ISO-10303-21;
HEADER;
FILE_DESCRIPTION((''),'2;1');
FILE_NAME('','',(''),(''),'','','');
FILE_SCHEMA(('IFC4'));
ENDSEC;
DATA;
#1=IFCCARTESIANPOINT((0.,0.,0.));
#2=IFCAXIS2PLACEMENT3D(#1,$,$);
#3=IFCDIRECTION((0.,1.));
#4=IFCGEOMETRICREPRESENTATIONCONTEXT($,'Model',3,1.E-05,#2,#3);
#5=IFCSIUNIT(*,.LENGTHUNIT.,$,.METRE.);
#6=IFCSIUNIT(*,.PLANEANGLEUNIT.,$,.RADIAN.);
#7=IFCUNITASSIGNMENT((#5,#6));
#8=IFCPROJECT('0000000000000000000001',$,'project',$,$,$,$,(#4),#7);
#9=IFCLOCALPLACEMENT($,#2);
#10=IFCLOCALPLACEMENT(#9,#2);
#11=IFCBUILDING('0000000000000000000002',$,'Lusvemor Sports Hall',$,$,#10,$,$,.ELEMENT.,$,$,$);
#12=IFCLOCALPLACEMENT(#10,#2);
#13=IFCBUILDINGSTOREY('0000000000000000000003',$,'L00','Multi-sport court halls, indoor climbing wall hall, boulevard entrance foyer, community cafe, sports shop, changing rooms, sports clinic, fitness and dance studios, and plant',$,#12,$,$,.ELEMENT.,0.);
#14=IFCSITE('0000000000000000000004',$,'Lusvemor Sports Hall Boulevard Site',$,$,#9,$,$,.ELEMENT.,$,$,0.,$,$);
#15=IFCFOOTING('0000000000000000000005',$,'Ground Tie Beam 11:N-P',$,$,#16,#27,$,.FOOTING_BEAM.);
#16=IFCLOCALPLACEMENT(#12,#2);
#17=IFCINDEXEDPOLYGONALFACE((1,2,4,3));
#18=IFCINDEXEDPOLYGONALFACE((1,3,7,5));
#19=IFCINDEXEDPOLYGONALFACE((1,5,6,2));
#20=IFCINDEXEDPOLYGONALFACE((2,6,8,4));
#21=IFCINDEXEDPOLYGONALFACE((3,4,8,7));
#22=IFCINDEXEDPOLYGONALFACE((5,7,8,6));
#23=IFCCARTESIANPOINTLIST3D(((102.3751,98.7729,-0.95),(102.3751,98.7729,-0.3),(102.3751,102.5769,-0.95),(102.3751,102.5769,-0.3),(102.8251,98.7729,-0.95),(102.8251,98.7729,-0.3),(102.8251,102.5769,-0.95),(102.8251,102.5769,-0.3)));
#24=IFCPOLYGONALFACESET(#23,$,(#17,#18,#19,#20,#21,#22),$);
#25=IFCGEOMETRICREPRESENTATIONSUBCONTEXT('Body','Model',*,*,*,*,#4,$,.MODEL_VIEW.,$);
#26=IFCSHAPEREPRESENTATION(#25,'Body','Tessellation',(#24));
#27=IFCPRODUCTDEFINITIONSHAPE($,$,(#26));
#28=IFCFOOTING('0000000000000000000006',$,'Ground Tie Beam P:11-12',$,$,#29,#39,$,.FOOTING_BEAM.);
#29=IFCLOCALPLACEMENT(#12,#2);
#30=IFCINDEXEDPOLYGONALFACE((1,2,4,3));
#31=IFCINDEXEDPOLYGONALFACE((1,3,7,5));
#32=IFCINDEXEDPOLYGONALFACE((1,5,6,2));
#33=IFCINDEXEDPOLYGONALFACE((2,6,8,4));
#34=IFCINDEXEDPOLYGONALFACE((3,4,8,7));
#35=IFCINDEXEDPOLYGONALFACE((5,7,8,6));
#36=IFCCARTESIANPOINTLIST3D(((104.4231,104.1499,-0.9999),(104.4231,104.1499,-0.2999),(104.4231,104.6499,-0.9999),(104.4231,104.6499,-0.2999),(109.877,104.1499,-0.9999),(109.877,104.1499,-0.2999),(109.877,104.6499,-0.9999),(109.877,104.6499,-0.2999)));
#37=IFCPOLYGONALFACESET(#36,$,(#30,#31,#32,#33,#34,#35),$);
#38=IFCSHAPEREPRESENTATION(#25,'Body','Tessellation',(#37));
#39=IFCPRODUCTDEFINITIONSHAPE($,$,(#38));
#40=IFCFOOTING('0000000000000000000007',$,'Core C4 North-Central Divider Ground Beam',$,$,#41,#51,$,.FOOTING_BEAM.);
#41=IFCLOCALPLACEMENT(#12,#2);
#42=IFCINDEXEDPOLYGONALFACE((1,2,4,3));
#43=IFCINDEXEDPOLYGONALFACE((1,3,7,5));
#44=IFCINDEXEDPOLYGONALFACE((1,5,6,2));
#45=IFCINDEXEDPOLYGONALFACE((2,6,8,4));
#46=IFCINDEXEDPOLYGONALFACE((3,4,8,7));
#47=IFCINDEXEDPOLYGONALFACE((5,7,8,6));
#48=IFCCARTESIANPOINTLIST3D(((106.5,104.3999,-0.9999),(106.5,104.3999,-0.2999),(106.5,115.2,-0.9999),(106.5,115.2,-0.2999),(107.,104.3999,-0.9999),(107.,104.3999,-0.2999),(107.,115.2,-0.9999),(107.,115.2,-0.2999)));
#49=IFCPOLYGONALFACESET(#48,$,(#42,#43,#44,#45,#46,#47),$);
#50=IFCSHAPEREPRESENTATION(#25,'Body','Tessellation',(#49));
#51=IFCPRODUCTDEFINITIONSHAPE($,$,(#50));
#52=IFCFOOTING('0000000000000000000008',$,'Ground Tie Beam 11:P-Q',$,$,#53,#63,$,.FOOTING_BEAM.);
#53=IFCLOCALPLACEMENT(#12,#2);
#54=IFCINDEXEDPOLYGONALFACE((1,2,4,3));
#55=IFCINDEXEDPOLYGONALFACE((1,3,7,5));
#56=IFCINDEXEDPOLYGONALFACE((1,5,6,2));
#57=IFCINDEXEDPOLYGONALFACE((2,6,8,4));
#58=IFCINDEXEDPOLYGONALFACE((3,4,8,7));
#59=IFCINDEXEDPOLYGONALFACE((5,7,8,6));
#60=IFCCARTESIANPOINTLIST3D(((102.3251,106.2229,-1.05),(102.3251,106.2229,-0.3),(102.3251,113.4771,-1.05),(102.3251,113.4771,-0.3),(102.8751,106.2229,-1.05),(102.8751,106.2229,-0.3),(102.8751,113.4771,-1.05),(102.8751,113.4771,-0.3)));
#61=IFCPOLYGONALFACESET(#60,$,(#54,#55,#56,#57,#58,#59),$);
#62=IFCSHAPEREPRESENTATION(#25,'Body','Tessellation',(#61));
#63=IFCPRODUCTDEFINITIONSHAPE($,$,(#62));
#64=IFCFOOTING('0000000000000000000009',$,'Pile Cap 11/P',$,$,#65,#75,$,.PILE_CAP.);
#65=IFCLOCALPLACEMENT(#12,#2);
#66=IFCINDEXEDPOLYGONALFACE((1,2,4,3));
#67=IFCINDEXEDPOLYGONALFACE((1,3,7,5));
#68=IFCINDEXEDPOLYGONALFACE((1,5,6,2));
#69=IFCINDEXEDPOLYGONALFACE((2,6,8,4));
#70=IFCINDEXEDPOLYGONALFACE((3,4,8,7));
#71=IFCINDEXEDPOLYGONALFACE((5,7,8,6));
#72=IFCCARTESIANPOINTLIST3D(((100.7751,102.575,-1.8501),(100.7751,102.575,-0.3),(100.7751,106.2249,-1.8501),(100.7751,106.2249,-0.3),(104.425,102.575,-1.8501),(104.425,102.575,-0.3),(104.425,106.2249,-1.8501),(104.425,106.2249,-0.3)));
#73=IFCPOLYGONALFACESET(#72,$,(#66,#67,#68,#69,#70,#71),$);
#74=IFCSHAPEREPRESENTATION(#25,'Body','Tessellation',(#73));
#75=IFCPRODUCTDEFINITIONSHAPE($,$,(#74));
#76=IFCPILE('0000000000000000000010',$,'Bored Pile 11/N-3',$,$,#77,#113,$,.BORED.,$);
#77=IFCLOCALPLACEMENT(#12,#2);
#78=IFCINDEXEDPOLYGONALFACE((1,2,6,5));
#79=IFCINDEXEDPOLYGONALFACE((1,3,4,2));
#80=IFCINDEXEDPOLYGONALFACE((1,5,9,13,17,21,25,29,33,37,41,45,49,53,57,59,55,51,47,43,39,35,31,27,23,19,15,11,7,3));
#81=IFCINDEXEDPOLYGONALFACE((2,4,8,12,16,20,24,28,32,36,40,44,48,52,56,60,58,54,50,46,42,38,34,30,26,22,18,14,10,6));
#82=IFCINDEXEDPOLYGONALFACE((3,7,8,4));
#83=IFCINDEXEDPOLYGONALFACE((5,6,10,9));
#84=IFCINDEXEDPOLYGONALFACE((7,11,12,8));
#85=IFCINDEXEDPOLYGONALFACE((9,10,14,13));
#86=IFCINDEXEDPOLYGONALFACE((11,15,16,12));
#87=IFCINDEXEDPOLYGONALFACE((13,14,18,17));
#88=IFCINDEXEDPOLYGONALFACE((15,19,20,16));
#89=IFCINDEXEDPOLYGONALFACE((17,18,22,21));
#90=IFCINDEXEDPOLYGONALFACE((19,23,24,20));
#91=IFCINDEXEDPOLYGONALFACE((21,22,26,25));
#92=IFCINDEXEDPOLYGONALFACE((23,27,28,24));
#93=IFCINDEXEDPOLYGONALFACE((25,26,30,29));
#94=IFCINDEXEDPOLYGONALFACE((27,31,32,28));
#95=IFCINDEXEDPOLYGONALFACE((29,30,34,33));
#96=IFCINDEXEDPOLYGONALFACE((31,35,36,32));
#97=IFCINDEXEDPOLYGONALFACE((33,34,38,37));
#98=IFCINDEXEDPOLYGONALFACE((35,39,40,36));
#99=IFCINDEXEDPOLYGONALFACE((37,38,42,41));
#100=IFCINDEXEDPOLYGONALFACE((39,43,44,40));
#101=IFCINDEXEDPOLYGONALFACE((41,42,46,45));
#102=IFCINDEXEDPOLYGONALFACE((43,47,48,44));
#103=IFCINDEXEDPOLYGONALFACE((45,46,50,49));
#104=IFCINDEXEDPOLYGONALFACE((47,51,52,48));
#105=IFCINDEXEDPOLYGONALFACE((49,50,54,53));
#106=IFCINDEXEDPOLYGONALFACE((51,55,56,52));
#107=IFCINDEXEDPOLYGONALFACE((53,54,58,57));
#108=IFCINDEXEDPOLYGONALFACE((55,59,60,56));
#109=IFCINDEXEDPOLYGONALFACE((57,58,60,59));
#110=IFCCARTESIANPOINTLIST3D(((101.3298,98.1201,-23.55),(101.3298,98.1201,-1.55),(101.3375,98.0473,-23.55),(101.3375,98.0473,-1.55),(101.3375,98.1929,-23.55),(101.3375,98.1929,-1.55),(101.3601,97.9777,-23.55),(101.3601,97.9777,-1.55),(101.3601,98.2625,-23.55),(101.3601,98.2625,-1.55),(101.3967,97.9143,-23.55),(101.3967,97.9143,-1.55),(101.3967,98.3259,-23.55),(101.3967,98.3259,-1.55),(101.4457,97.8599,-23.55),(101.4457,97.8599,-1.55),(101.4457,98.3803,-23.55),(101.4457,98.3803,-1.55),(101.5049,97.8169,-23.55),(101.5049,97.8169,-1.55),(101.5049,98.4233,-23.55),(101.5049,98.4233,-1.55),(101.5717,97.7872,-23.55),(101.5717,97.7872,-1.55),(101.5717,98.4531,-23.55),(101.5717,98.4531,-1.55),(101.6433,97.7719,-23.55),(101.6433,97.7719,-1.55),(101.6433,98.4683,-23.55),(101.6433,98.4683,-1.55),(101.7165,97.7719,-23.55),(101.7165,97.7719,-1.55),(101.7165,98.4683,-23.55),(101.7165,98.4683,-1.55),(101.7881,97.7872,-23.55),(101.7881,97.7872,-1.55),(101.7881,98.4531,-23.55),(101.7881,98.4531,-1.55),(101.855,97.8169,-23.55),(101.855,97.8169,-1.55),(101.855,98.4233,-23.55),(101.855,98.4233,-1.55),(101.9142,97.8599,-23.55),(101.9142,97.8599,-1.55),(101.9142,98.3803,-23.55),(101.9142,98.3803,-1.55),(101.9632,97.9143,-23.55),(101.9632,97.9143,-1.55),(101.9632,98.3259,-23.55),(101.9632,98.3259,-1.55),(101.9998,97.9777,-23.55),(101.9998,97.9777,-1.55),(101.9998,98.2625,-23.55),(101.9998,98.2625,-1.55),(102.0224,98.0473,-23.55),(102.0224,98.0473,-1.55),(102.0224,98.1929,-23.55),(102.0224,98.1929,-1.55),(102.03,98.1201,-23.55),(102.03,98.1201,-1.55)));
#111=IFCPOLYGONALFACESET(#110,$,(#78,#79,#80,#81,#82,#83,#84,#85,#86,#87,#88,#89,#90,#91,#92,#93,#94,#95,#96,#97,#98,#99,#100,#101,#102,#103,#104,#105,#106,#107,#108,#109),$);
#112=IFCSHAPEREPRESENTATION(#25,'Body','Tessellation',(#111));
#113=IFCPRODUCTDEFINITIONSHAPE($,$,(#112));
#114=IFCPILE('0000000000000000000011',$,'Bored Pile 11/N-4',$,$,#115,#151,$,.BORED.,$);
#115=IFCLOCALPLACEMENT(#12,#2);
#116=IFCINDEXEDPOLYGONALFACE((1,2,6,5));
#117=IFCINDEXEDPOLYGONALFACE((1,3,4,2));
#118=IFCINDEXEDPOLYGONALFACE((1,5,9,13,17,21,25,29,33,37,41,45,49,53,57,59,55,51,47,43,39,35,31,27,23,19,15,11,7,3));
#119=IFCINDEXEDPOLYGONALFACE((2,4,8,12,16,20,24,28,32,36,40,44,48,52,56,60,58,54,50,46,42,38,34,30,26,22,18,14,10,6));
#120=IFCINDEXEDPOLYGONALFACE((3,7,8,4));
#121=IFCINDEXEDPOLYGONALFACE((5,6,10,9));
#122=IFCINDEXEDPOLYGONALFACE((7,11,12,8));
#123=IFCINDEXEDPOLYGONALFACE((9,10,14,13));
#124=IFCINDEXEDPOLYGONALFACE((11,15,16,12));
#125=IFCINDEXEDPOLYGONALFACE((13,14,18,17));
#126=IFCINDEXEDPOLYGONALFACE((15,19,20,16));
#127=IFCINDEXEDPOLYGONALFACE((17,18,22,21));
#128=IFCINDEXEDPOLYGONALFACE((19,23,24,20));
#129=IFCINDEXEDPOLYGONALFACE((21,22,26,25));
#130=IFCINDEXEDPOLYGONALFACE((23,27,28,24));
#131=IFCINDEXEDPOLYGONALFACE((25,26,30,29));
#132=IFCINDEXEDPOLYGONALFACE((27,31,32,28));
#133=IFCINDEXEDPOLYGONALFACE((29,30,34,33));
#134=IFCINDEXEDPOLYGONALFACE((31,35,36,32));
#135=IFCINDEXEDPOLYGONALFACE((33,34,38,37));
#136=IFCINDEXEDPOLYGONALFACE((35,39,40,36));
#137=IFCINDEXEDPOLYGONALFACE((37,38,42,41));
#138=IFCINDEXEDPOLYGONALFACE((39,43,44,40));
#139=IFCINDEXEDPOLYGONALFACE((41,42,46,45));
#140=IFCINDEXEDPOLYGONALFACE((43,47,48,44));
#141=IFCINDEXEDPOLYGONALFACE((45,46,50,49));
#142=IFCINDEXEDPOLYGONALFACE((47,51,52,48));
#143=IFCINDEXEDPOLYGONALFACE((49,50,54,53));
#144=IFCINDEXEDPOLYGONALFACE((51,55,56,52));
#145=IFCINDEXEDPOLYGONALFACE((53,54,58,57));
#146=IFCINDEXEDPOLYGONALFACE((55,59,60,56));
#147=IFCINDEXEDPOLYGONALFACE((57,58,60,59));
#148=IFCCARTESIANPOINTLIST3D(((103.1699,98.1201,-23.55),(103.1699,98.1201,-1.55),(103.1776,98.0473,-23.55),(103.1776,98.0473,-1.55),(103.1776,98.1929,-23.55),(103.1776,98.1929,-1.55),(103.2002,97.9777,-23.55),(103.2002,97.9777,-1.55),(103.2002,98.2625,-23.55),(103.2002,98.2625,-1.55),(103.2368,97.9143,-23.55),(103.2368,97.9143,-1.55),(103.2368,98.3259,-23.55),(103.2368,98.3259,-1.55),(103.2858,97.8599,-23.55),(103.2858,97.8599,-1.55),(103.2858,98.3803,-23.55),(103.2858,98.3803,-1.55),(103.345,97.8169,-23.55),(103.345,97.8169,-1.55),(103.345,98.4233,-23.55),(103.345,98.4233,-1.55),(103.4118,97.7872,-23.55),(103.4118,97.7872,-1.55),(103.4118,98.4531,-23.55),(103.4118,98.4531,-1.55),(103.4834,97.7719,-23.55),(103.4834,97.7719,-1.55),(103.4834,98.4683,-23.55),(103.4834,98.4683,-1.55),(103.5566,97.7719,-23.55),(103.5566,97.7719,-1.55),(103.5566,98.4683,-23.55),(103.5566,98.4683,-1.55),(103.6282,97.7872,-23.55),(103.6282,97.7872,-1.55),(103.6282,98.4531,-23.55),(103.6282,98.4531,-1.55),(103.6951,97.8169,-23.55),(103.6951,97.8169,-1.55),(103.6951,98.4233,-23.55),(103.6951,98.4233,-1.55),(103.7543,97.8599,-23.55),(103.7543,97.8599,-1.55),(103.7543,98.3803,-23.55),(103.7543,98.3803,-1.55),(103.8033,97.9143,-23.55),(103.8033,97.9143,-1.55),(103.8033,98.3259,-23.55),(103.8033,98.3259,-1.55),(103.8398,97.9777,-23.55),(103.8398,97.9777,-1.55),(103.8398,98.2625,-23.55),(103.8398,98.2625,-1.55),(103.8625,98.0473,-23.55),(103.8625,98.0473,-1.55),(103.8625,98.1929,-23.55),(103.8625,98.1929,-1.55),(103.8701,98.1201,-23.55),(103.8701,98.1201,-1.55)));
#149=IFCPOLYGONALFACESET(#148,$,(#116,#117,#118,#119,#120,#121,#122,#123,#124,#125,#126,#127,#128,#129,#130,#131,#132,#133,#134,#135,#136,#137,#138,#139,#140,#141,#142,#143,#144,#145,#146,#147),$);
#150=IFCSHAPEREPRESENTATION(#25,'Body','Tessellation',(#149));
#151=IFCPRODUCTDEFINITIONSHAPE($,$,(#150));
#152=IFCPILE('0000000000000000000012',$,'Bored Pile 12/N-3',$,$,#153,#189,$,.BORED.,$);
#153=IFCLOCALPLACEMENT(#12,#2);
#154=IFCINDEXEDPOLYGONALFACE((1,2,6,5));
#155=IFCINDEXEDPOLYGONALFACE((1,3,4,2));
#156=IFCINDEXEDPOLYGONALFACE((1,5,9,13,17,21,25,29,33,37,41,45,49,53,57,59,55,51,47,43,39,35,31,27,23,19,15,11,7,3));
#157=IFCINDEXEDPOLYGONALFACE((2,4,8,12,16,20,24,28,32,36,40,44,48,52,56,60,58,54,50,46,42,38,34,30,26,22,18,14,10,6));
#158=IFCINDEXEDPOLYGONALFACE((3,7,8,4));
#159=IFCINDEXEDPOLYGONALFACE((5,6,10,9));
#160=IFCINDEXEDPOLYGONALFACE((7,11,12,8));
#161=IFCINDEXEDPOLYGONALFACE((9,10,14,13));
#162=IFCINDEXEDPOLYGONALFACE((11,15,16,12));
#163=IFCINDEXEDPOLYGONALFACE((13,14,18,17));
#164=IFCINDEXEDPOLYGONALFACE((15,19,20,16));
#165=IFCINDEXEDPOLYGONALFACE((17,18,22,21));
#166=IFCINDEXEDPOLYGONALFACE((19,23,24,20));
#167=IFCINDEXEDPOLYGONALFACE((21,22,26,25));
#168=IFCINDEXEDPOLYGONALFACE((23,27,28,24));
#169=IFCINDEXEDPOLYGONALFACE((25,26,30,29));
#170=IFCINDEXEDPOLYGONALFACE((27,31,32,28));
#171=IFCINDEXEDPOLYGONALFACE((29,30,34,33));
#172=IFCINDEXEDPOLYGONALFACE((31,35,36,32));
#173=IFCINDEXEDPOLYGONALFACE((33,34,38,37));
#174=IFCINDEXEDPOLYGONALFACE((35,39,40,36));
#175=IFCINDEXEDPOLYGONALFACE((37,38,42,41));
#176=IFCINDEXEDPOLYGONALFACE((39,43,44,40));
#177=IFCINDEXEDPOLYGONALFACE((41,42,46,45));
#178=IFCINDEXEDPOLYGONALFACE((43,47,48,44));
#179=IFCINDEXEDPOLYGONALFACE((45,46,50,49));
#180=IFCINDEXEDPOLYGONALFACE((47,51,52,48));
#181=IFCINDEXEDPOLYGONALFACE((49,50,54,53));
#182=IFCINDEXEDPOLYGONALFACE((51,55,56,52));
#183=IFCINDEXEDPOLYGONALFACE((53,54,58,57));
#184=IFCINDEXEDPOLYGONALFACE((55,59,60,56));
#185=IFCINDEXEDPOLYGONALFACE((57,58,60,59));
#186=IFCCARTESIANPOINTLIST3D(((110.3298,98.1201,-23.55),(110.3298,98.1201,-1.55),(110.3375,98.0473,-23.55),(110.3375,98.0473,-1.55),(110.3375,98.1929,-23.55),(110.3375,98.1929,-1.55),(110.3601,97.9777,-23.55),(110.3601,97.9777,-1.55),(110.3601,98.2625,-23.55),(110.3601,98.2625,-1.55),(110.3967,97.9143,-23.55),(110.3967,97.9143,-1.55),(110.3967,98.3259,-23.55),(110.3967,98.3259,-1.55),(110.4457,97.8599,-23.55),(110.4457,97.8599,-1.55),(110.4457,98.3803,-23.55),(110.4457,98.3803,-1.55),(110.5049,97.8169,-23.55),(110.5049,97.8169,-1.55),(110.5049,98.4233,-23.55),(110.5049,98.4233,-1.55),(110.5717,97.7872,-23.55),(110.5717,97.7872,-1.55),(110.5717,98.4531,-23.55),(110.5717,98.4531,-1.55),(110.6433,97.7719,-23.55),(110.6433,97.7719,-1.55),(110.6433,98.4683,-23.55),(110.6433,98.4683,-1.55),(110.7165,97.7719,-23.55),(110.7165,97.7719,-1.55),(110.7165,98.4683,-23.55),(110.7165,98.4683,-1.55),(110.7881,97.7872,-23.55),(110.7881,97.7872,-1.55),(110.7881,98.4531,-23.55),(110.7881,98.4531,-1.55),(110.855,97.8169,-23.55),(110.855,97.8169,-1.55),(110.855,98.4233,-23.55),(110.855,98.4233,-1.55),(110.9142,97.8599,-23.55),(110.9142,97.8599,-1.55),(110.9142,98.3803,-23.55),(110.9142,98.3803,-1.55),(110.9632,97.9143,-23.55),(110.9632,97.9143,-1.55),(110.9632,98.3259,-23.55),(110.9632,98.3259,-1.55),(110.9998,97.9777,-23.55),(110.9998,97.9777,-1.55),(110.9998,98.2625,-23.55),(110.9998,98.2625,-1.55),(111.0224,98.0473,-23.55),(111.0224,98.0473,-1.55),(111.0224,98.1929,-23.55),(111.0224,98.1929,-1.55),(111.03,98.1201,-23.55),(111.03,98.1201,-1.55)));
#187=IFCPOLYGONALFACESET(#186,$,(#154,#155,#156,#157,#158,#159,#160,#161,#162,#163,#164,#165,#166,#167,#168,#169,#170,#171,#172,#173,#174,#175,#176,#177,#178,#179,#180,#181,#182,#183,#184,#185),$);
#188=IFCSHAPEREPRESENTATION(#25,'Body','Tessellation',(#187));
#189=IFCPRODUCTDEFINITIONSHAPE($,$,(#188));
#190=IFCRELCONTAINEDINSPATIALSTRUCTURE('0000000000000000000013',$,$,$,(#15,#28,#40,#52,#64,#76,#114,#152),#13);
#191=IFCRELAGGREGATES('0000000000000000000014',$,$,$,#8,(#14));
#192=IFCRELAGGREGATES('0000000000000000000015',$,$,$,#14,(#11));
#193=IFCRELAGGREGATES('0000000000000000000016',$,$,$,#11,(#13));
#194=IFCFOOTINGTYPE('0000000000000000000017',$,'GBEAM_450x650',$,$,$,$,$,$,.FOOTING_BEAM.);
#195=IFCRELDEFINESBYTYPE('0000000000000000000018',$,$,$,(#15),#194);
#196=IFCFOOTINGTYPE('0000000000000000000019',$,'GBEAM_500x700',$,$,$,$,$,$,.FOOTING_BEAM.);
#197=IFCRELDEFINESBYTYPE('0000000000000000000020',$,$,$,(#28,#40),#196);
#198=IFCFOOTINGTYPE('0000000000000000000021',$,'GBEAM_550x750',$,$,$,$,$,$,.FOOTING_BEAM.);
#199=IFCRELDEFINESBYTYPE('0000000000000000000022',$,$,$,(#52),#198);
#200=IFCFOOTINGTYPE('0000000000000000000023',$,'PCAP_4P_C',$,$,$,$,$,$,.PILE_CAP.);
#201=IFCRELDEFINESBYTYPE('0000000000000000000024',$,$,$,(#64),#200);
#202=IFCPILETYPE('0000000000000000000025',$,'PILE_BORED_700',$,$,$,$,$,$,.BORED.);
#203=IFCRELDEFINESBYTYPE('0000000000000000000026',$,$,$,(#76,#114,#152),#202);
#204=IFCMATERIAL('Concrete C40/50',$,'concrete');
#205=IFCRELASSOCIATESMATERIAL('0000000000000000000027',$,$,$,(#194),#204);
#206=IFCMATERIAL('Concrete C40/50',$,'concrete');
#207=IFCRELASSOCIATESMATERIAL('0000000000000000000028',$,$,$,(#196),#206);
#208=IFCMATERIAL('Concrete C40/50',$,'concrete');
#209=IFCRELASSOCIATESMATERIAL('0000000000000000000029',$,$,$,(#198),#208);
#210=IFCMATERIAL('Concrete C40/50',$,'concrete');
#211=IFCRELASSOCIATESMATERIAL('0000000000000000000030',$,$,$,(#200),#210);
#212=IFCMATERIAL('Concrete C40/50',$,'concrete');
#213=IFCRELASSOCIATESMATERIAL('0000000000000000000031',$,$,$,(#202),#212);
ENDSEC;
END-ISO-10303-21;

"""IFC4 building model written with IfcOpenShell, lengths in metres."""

from ifc_helpers import new_model, si_unit, direction, frame, origin, origin_2d, place, context, subcontext, project, spatial, rectangle, circle, extrude, material, material_profile, profile_set, type_object, element, save


model = new_model("IFC4")

# Units and contexts
model_context = context("Model", 3, precision=1e-05, world=origin(), true_north=direction((0.0, 1.0)))
body_context = subcontext(model_context, "Body", "Model", "MODEL_VIEW")
ifc_project = project(units=[si_unit("LENGTHUNIT", "METRE"), si_unit("PLANEANGLEUNIT", "RADIAN")], contexts=[model_context])

# Site, building, storey
site_placement = place(None, origin())
site = spatial("IfcSite", under=ifc_project, at=site_placement, Name="Lusvemor Sports Hall Boulevard Site", CompositionType="ELEMENT", RefElevation=0.0)
building_placement = place(site_placement, origin())
building = spatial("IfcBuilding", under=site, at=building_placement, Name="Lusvemor Sports Hall", CompositionType="ELEMENT")
storey_placement = place(building_placement, origin())
storey = spatial("IfcBuildingStorey", under=building, at=storey_placement, Name="L00", Description="Multi-sport court halls, indoor climbing wall hall, boulevard entrance foyer, community cafe, sports shop, changing rooms, sports clinic, fitness and dance studios, and plant", CompositionType="ELEMENT", Elevation=0.0)

# Footings
ifc_material_1 = material(Name="Concrete C40/50", Category="concrete")
ifc_material_profile_1 = material_profile(ifc_material_1, rectangle(XDim=0.45, YDim=0.6499, at=origin_2d()), Name="GB_450x650")
ifc_profile_set_1 = profile_set([ifc_material_profile_1], Name="Concrete C40/50")
footing_type_1 = type_object("IfcFootingType", Name="GBEAM_450x650", PredefinedType="FOOTING_BEAM", material=ifc_profile_set_1)
footing_1_placement = place(storey_placement, frame((102.6001, 98.7729, -0.625), z_axis=(0.0, 1.0, 0.0), x_axis=(-1.0, 0.0, 0.0)))
element("IfcFooting", 1, at=footing_1_placement, inside=storey, type_object=footing_type_1, Name="Ground Tie Beam 11:N-P", PredefinedType="FOOTING_BEAM", context=body_context, shape_type="SweptSolid", body=[
    extrude(rectangle(XDim=0.45, YDim=0.6499, at=origin_2d()), origin(), (0.0, 0.0, 1.0), 3.804),
])
ifc_material_2 = material(Name="Concrete C40/50", Category="concrete")
ifc_material_profile_2 = material_profile(ifc_material_2, rectangle(XDim=0.5, YDim=0.7, at=origin_2d()), Name="GB_500x700")
ifc_profile_set_2 = profile_set([ifc_material_profile_2], Name="Concrete C40/50")
footing_type_2 = type_object("IfcFootingType", Name="GBEAM_500x700", PredefinedType="FOOTING_BEAM", material=ifc_profile_set_2)
footing_2_placement = place(storey_placement, frame((104.4231, 104.3999, -0.6499), z_axis=(1.0, 0.0, 0.0), x_axis=(0.0, 1.0, 0.0)))
element("IfcFooting", 2, at=footing_2_placement, inside=storey, type_object=footing_type_2, Name="Ground Tie Beam P:11-12", PredefinedType="FOOTING_BEAM", context=body_context, shape_type="SweptSolid", body=[
    extrude(rectangle(XDim=0.5, YDim=0.7, at=origin_2d()), origin(), (0.0, 0.0, 1.0), 5.4539),
])
footing_3_placement = place(storey_placement, frame((106.75, 104.3999, -0.6499), z_axis=(0.0, 1.0, 0.0), x_axis=(-1.0, 0.0, 0.0)))
element("IfcFooting", 3, at=footing_3_placement, inside=storey, type_object=footing_type_2, Name="Core C4 North-Central Divider Ground Beam", PredefinedType="FOOTING_BEAM", context=body_context, shape_type="SweptSolid", body=[
    extrude(rectangle(XDim=0.5, YDim=0.7, at=origin_2d()), origin(), (0.0, 0.0, 1.0), 10.8),
])
ifc_material_3 = material(Name="Concrete C40/50", Category="concrete")
ifc_material_profile_3 = material_profile(ifc_material_3, rectangle(XDim=0.55, YDim=0.75, at=origin_2d()), Name="GB_550x750")
ifc_profile_set_3 = profile_set([ifc_material_profile_3], Name="Concrete C40/50")
footing_type_3 = type_object("IfcFootingType", Name="GBEAM_550x750", PredefinedType="FOOTING_BEAM", material=ifc_profile_set_3)
footing_4_placement = place(storey_placement, frame((102.6001, 106.2229, -0.675), z_axis=(0.0, 1.0, 0.0), x_axis=(-1.0, 0.0, 0.0)))
element("IfcFooting", 4, at=footing_4_placement, inside=storey, type_object=footing_type_3, Name="Ground Tie Beam 11:P-Q", PredefinedType="FOOTING_BEAM", context=body_context, shape_type="SweptSolid", body=[
    extrude(rectangle(XDim=0.55, YDim=0.75, at=origin_2d()), origin(), (0.0, 0.0, 1.0), 7.2542),
])
ifc_material_4 = material(Name="Concrete C40/50", Category="concrete")
footing_type_4 = type_object("IfcFootingType", Name="PCAP_4P_C", PredefinedType="PILE_CAP", material=ifc_material_4)
footing_5_placement = place(storey_placement, frame((102.6001, 104.3999, -1.8501), z_axis=(0.0, 0.0, 1.0), x_axis=(1.0, 0.0, 0.0)))
element("IfcFooting", 5, at=footing_5_placement, inside=storey, type_object=footing_type_4, Name="Pile Cap 11/P", PredefinedType="PILE_CAP", context=body_context, shape_type="SweptSolid", body=[
    extrude(rectangle(XDim=3.6499, YDim=3.6499, at=origin_2d()), origin(), (0.0, 0.0, 1.0), 1.55),
])

# Piles
ifc_material_5 = material(Name="Concrete C40/50", Category="concrete")
ifc_material_profile_4 = material_profile(ifc_material_5, circle(Radius=0.3501, at=origin_2d()), Name="PILE700")
ifc_profile_set_4 = profile_set([ifc_material_profile_4], Name="Concrete C40/50")
pile_type_1 = type_object("IfcPileType", Name="PILE_BORED_700", PredefinedType="BORED", material=ifc_profile_set_4)
for number, where, z_axis, x_axis, name in (
    (6, (101.6799, 98.1201, -1.55), (0.0, 0.0, -1.0), (1.0, 0.0, 0.0), "Bored Pile 11/N-3"),
    (7, (103.52, 98.1201, -1.55), (0.0, 0.0, -1.0), (1.0, 0.0, 0.0), "Bored Pile 11/N-4"),
    (8, (110.6799, 98.1201, -1.55), (0.0, 0.0, -1.0), (1.0, 0.0, 0.0), "Bored Pile 12/N-3"),
):
    element("IfcPile", number, at=place(storey_placement, frame(where, z_axis=z_axis, x_axis=x_axis)), inside=storey, type_object=pile_type_1, Name=name, PredefinedType="BORED", context=body_context, shape_type="SweptSolid", body=[
        extrude(circle(Radius=0.3501, at=origin_2d()), origin(), (0.0, 0.0, 1.0), 22.0),
    ])

save(model, "model.ifc")
